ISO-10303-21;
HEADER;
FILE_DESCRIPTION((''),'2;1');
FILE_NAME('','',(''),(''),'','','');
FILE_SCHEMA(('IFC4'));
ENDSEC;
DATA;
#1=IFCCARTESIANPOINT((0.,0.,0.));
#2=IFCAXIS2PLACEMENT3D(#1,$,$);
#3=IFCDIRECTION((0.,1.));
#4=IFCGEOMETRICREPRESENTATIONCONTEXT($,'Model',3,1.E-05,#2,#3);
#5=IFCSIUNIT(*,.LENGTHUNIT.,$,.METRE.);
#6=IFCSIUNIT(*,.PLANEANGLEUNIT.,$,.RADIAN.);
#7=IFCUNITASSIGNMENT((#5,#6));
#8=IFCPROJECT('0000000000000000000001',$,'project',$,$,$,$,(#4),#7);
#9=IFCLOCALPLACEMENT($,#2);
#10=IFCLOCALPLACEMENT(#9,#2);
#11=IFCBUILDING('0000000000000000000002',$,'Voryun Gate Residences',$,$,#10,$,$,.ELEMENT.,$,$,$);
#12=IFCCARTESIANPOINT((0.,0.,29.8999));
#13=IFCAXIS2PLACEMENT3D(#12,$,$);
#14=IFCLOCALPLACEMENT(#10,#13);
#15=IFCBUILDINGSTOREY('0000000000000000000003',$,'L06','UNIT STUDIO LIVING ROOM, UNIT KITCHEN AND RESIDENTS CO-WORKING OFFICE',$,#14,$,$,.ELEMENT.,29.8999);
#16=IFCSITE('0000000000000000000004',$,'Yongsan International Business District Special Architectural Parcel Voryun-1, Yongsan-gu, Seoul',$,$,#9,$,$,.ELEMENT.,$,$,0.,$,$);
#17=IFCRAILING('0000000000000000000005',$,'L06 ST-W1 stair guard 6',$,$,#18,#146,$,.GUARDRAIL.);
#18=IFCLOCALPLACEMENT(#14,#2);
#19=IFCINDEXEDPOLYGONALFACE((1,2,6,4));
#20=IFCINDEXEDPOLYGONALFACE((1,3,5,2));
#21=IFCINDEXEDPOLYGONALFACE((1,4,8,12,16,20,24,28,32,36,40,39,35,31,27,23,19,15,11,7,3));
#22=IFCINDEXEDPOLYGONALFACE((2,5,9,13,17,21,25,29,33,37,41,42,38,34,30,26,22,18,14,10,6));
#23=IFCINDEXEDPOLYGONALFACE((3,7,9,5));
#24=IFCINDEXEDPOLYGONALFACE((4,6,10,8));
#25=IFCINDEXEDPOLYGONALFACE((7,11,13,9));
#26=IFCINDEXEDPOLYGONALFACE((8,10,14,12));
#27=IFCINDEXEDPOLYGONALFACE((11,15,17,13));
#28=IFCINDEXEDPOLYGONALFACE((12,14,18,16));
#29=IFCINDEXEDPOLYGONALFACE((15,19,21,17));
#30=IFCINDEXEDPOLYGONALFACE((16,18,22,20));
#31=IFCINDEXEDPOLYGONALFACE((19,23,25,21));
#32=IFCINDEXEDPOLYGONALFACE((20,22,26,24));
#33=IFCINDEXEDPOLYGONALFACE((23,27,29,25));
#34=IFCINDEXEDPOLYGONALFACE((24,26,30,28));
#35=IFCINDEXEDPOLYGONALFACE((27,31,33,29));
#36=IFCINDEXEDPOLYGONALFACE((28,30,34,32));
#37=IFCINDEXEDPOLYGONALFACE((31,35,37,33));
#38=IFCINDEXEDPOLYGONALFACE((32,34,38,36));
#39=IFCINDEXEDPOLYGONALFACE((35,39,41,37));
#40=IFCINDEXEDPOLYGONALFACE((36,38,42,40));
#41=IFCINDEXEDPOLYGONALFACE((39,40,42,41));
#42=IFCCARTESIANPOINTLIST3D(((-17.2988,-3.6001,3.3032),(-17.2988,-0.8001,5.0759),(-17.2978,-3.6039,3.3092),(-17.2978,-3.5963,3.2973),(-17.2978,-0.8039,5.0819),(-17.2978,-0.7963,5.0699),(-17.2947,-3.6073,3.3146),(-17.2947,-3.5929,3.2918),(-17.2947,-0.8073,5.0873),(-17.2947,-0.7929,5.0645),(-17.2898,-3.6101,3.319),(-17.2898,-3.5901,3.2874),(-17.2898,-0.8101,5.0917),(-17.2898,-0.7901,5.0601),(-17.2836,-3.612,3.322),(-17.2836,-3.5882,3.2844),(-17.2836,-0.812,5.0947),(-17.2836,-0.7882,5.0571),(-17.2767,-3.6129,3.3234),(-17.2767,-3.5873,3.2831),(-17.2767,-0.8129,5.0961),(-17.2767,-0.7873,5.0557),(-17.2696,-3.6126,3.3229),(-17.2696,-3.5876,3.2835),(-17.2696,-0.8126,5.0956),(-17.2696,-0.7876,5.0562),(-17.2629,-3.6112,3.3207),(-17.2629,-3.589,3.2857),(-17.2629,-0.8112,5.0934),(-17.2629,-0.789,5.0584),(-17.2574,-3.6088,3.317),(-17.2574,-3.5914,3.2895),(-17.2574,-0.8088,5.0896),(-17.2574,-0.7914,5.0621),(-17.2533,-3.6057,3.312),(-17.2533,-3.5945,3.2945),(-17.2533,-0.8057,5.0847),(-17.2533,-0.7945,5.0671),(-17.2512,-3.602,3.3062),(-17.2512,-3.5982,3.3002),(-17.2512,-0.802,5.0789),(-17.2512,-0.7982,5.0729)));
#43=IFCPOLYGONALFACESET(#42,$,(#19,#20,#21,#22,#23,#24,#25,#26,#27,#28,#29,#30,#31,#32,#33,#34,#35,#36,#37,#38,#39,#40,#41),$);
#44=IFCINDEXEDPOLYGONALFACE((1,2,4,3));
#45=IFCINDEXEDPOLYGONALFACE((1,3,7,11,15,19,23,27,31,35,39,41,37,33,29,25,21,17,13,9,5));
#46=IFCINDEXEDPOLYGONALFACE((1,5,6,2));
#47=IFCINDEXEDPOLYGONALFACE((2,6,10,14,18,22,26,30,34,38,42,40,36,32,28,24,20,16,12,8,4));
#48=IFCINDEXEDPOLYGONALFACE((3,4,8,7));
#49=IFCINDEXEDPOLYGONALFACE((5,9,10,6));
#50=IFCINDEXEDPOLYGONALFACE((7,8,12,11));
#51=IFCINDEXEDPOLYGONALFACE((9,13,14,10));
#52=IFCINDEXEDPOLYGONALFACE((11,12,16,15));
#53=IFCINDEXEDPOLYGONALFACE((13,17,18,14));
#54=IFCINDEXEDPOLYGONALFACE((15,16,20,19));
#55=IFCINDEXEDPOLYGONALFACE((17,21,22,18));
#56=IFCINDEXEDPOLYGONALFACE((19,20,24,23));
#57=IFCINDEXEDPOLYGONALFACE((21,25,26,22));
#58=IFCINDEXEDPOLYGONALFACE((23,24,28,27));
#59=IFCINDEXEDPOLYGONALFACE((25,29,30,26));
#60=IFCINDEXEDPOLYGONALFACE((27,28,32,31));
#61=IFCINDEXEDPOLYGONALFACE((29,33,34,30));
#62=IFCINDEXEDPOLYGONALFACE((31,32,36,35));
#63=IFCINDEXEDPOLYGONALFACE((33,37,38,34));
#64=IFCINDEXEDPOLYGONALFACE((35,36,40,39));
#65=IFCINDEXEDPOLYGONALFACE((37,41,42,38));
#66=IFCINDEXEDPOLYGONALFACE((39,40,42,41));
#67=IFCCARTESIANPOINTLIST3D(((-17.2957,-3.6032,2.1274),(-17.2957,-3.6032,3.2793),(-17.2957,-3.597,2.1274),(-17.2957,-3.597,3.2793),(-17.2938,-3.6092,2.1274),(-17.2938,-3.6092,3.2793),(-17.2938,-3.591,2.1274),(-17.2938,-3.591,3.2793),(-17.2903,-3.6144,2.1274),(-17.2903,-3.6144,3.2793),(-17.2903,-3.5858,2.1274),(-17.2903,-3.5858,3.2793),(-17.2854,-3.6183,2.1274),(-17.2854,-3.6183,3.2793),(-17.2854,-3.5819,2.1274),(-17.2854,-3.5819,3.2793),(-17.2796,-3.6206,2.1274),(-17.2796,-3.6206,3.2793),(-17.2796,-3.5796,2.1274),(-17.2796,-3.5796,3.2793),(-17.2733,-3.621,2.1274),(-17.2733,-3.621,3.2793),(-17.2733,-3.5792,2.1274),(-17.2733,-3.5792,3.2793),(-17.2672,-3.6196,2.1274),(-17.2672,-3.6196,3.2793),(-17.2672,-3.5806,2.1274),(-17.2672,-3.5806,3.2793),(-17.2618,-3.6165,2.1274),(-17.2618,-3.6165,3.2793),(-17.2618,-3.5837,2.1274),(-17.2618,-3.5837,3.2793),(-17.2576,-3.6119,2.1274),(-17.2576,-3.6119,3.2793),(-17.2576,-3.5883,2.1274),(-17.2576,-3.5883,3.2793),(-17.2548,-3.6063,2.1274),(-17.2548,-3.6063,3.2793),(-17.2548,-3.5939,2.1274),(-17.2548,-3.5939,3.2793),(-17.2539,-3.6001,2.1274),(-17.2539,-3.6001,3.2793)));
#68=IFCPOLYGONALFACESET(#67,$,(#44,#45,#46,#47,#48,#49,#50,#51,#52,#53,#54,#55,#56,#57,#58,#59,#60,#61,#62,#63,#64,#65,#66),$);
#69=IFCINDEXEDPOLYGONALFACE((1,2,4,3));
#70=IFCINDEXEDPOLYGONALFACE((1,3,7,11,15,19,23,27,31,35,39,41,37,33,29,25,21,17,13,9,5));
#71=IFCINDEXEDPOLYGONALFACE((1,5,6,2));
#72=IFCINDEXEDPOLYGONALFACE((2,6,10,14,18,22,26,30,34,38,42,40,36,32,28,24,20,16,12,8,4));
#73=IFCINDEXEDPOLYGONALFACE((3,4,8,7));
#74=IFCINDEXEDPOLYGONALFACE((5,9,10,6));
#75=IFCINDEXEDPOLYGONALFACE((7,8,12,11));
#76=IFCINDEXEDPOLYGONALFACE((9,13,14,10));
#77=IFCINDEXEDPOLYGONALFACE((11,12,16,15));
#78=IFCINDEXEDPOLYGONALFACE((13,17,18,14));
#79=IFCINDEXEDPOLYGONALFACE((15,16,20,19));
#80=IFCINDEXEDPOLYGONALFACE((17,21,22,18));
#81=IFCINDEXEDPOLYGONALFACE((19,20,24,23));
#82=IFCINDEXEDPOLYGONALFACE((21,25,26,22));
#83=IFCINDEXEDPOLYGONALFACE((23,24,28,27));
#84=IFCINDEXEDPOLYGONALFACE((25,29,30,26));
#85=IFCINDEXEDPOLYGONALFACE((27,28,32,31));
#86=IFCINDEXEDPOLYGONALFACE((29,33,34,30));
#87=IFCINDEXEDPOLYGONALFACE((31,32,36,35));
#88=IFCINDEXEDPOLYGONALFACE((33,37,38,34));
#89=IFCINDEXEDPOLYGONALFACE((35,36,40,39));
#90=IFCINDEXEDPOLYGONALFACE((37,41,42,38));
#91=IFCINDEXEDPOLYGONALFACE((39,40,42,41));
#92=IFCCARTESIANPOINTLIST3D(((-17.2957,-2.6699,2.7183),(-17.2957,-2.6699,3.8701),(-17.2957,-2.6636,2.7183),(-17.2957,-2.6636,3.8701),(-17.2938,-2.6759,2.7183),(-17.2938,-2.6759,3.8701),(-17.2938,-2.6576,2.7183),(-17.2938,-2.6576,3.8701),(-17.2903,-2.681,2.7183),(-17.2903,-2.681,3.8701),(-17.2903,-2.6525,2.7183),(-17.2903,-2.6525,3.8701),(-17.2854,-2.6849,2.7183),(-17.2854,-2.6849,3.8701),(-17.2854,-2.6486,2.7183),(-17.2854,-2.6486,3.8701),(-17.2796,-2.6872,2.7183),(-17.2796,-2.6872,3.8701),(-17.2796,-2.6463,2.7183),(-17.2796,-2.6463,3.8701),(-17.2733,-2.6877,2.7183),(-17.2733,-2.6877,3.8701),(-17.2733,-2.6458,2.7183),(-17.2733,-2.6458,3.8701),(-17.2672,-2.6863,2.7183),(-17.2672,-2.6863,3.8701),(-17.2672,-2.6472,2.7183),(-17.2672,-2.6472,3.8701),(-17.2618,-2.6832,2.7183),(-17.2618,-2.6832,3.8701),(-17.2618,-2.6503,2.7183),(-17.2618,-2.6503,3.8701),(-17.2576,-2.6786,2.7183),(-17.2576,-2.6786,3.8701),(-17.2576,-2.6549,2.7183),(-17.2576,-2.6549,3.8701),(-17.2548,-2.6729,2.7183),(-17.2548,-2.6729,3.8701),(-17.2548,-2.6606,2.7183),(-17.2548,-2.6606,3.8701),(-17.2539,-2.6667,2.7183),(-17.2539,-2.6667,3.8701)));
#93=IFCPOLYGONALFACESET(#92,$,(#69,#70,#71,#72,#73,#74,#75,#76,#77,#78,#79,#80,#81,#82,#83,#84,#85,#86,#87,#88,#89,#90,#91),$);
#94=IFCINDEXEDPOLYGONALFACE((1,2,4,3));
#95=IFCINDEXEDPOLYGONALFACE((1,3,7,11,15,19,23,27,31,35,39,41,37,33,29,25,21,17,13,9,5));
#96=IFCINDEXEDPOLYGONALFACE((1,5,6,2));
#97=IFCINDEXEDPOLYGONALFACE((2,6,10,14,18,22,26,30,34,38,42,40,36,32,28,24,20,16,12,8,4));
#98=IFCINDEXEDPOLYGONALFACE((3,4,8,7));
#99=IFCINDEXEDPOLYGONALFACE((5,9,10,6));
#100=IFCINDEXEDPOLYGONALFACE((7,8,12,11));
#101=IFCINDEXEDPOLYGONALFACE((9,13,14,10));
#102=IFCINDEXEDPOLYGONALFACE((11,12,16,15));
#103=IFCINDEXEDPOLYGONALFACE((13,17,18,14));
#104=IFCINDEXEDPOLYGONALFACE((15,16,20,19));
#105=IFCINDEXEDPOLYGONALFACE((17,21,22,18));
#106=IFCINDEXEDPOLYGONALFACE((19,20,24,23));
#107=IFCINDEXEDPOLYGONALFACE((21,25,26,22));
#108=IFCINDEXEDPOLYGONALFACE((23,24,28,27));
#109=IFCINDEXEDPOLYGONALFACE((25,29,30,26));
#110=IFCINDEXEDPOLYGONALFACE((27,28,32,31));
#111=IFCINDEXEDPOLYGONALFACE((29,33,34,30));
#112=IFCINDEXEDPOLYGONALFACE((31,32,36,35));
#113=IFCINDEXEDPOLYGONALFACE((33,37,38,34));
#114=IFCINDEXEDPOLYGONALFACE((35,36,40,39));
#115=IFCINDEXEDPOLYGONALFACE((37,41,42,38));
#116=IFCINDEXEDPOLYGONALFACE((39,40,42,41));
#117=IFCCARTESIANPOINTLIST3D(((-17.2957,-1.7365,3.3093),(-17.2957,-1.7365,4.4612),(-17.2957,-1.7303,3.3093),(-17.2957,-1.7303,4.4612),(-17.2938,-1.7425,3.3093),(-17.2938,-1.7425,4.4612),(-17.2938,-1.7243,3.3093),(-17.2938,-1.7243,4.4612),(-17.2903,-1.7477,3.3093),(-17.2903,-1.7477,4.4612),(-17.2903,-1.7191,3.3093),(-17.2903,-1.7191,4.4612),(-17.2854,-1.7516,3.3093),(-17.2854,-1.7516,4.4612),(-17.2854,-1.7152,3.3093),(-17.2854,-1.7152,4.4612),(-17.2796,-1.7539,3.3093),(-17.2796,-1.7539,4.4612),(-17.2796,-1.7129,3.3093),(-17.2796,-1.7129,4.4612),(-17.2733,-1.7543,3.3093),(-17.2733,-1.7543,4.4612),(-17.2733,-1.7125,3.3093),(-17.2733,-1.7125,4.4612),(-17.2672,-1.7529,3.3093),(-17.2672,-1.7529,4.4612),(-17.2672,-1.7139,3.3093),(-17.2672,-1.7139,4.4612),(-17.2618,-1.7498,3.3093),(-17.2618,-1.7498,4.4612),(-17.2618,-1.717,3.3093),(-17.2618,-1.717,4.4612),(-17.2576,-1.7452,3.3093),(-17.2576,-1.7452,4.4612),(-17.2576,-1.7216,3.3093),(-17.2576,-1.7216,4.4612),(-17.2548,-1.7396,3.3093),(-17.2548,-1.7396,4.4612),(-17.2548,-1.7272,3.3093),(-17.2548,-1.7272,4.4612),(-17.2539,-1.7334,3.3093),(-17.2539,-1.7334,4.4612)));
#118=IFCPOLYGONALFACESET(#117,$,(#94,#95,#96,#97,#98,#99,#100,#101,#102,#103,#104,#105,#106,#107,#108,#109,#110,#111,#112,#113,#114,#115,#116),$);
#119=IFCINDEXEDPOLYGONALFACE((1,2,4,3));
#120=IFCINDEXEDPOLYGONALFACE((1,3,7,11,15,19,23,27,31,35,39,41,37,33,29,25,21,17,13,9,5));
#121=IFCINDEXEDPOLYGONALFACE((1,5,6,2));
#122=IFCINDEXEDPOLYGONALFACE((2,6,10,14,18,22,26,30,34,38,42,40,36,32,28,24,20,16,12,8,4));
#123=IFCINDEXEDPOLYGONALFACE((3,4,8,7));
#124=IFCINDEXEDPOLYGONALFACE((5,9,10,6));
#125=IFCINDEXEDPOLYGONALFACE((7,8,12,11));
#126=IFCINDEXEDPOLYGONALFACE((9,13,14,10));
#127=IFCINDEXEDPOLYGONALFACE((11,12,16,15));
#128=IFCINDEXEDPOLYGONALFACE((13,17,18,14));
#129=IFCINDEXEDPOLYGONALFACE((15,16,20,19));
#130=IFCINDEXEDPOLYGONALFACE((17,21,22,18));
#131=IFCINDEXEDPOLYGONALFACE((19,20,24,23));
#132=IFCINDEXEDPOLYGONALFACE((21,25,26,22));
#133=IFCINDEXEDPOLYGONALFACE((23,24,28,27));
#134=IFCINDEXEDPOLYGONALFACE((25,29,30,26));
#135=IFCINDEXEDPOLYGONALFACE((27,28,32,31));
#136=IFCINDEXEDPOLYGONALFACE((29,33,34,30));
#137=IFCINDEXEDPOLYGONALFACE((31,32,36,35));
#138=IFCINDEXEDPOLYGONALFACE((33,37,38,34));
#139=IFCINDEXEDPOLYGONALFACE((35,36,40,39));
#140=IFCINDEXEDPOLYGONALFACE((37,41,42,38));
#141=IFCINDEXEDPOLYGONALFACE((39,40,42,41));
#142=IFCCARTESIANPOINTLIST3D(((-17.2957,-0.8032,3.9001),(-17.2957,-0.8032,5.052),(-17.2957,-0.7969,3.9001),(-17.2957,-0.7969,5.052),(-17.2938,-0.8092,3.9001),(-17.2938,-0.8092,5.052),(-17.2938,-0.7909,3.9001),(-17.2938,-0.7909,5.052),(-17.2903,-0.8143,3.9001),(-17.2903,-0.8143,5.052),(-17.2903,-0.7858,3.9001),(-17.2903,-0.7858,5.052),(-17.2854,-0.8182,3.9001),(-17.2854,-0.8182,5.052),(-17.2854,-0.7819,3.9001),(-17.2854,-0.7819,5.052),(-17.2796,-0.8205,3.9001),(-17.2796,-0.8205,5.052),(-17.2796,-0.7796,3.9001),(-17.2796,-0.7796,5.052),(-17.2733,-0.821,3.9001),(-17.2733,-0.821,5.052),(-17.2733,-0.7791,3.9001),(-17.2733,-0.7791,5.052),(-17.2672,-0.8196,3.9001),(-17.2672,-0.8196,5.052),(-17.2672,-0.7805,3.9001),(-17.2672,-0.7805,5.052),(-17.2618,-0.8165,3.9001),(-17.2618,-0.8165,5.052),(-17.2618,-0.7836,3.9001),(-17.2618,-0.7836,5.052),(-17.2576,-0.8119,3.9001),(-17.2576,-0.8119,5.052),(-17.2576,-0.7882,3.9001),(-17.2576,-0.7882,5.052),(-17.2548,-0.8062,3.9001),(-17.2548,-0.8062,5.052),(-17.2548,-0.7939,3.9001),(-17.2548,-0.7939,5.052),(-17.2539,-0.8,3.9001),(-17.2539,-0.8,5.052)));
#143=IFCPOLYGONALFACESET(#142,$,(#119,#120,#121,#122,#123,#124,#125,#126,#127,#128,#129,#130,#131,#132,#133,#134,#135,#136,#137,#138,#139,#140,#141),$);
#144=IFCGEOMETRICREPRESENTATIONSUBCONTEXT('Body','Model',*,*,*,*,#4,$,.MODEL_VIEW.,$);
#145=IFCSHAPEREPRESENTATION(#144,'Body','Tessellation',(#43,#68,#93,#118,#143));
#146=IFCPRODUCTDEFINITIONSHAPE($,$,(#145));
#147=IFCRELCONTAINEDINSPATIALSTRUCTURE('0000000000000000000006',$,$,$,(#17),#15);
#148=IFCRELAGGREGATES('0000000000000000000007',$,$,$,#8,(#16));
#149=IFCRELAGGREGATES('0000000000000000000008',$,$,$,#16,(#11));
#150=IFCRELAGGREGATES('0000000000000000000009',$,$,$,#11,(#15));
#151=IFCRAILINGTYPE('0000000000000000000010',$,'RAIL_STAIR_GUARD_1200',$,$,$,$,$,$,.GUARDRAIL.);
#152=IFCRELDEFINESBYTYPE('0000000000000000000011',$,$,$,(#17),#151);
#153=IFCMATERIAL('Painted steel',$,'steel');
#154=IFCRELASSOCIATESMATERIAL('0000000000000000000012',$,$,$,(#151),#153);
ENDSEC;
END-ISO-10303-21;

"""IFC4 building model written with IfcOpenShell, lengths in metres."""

from ifc_helpers import new_model, si_unit, direction, frame, origin, origin_2d, place, context, subcontext, project, spatial, circle, extrude, material, type_object, element, save


model = new_model("IFC4")

# Units and contexts
model_context = context("Model", 3, precision=1e-05, world=origin(), true_north=direction((0.0, 1.0)))
body_context = subcontext(model_context, "Body", "Model", "MODEL_VIEW")
ifc_project = project(units=[si_unit("LENGTHUNIT", "METRE"), si_unit("PLANEANGLEUNIT", "RADIAN")], contexts=[model_context])

# Site, building, storey
site_placement = place(None, origin())
site = spatial("IfcSite", under=ifc_project, at=site_placement, Name="Yongsan International Business District Special Architectural Parcel Voryun-1, Yongsan-gu, Seoul", CompositionType="ELEMENT", RefElevation=0.0)
building_placement = place(site_placement, origin())
building = spatial("IfcBuilding", under=site, at=building_placement, Name="Voryun Gate Residences", CompositionType="ELEMENT")
storey_placement = place(building_placement, frame((0.0, 0.0, 29.8999)))
storey = spatial("IfcBuildingStorey", under=building, at=storey_placement, Name="L06", Description="UNIT STUDIO LIVING ROOM, UNIT KITCHEN AND RESIDENTS CO-WORKING OFFICE", CompositionType="ELEMENT", Elevation=29.8999)

# Railing
ifc_material_1 = material(Name="Painted steel", Category="steel")
railing_type_1 = type_object("IfcRailingType", Name="RAIL_STAIR_GUARD_1200", PredefinedType="GUARDRAIL", material=ifc_material_1)
railing_1_placement = place(storey_placement, frame((-17.2749, -3.6001, 2.1274)))
element("IfcRailing", 1, at=railing_1_placement, inside=storey, type_object=railing_type_1, Name="L06 ST-W1 stair guard 6", PredefinedType="GUARDRAIL", context=body_context, shape_type="SweptSolid", body=[
    extrude(circle(Radius=0.0239, at=origin_2d()), frame((0.0, 0.0, 1.1758), z_axis=(0.0, 0.844909, 0.53491), x_axis=(-1.0, 0.0, 0.0)), (0.0, 0.0, 1.0), 3.314),
    extrude(circle(Radius=0.021, at=origin_2d()), origin(), (0.0, 0.0, 1.0), 1.1519),
    extrude(circle(Radius=0.021, at=origin_2d()), frame((0.0, 0.9333, 0.5908)), (0.0, 0.0, 1.0), 1.1519),
    extrude(circle(Radius=0.021, at=origin_2d()), frame((0.0, 1.8667, 1.1819)), (0.0, 0.0, 1.0), 1.1519),
    extrude(circle(Radius=0.021, at=origin_2d()), frame((0.0, 2.8, 1.7727)), (0.0, 0.0, 1.0), 1.1519),
])

save(model, "model.ifc")
